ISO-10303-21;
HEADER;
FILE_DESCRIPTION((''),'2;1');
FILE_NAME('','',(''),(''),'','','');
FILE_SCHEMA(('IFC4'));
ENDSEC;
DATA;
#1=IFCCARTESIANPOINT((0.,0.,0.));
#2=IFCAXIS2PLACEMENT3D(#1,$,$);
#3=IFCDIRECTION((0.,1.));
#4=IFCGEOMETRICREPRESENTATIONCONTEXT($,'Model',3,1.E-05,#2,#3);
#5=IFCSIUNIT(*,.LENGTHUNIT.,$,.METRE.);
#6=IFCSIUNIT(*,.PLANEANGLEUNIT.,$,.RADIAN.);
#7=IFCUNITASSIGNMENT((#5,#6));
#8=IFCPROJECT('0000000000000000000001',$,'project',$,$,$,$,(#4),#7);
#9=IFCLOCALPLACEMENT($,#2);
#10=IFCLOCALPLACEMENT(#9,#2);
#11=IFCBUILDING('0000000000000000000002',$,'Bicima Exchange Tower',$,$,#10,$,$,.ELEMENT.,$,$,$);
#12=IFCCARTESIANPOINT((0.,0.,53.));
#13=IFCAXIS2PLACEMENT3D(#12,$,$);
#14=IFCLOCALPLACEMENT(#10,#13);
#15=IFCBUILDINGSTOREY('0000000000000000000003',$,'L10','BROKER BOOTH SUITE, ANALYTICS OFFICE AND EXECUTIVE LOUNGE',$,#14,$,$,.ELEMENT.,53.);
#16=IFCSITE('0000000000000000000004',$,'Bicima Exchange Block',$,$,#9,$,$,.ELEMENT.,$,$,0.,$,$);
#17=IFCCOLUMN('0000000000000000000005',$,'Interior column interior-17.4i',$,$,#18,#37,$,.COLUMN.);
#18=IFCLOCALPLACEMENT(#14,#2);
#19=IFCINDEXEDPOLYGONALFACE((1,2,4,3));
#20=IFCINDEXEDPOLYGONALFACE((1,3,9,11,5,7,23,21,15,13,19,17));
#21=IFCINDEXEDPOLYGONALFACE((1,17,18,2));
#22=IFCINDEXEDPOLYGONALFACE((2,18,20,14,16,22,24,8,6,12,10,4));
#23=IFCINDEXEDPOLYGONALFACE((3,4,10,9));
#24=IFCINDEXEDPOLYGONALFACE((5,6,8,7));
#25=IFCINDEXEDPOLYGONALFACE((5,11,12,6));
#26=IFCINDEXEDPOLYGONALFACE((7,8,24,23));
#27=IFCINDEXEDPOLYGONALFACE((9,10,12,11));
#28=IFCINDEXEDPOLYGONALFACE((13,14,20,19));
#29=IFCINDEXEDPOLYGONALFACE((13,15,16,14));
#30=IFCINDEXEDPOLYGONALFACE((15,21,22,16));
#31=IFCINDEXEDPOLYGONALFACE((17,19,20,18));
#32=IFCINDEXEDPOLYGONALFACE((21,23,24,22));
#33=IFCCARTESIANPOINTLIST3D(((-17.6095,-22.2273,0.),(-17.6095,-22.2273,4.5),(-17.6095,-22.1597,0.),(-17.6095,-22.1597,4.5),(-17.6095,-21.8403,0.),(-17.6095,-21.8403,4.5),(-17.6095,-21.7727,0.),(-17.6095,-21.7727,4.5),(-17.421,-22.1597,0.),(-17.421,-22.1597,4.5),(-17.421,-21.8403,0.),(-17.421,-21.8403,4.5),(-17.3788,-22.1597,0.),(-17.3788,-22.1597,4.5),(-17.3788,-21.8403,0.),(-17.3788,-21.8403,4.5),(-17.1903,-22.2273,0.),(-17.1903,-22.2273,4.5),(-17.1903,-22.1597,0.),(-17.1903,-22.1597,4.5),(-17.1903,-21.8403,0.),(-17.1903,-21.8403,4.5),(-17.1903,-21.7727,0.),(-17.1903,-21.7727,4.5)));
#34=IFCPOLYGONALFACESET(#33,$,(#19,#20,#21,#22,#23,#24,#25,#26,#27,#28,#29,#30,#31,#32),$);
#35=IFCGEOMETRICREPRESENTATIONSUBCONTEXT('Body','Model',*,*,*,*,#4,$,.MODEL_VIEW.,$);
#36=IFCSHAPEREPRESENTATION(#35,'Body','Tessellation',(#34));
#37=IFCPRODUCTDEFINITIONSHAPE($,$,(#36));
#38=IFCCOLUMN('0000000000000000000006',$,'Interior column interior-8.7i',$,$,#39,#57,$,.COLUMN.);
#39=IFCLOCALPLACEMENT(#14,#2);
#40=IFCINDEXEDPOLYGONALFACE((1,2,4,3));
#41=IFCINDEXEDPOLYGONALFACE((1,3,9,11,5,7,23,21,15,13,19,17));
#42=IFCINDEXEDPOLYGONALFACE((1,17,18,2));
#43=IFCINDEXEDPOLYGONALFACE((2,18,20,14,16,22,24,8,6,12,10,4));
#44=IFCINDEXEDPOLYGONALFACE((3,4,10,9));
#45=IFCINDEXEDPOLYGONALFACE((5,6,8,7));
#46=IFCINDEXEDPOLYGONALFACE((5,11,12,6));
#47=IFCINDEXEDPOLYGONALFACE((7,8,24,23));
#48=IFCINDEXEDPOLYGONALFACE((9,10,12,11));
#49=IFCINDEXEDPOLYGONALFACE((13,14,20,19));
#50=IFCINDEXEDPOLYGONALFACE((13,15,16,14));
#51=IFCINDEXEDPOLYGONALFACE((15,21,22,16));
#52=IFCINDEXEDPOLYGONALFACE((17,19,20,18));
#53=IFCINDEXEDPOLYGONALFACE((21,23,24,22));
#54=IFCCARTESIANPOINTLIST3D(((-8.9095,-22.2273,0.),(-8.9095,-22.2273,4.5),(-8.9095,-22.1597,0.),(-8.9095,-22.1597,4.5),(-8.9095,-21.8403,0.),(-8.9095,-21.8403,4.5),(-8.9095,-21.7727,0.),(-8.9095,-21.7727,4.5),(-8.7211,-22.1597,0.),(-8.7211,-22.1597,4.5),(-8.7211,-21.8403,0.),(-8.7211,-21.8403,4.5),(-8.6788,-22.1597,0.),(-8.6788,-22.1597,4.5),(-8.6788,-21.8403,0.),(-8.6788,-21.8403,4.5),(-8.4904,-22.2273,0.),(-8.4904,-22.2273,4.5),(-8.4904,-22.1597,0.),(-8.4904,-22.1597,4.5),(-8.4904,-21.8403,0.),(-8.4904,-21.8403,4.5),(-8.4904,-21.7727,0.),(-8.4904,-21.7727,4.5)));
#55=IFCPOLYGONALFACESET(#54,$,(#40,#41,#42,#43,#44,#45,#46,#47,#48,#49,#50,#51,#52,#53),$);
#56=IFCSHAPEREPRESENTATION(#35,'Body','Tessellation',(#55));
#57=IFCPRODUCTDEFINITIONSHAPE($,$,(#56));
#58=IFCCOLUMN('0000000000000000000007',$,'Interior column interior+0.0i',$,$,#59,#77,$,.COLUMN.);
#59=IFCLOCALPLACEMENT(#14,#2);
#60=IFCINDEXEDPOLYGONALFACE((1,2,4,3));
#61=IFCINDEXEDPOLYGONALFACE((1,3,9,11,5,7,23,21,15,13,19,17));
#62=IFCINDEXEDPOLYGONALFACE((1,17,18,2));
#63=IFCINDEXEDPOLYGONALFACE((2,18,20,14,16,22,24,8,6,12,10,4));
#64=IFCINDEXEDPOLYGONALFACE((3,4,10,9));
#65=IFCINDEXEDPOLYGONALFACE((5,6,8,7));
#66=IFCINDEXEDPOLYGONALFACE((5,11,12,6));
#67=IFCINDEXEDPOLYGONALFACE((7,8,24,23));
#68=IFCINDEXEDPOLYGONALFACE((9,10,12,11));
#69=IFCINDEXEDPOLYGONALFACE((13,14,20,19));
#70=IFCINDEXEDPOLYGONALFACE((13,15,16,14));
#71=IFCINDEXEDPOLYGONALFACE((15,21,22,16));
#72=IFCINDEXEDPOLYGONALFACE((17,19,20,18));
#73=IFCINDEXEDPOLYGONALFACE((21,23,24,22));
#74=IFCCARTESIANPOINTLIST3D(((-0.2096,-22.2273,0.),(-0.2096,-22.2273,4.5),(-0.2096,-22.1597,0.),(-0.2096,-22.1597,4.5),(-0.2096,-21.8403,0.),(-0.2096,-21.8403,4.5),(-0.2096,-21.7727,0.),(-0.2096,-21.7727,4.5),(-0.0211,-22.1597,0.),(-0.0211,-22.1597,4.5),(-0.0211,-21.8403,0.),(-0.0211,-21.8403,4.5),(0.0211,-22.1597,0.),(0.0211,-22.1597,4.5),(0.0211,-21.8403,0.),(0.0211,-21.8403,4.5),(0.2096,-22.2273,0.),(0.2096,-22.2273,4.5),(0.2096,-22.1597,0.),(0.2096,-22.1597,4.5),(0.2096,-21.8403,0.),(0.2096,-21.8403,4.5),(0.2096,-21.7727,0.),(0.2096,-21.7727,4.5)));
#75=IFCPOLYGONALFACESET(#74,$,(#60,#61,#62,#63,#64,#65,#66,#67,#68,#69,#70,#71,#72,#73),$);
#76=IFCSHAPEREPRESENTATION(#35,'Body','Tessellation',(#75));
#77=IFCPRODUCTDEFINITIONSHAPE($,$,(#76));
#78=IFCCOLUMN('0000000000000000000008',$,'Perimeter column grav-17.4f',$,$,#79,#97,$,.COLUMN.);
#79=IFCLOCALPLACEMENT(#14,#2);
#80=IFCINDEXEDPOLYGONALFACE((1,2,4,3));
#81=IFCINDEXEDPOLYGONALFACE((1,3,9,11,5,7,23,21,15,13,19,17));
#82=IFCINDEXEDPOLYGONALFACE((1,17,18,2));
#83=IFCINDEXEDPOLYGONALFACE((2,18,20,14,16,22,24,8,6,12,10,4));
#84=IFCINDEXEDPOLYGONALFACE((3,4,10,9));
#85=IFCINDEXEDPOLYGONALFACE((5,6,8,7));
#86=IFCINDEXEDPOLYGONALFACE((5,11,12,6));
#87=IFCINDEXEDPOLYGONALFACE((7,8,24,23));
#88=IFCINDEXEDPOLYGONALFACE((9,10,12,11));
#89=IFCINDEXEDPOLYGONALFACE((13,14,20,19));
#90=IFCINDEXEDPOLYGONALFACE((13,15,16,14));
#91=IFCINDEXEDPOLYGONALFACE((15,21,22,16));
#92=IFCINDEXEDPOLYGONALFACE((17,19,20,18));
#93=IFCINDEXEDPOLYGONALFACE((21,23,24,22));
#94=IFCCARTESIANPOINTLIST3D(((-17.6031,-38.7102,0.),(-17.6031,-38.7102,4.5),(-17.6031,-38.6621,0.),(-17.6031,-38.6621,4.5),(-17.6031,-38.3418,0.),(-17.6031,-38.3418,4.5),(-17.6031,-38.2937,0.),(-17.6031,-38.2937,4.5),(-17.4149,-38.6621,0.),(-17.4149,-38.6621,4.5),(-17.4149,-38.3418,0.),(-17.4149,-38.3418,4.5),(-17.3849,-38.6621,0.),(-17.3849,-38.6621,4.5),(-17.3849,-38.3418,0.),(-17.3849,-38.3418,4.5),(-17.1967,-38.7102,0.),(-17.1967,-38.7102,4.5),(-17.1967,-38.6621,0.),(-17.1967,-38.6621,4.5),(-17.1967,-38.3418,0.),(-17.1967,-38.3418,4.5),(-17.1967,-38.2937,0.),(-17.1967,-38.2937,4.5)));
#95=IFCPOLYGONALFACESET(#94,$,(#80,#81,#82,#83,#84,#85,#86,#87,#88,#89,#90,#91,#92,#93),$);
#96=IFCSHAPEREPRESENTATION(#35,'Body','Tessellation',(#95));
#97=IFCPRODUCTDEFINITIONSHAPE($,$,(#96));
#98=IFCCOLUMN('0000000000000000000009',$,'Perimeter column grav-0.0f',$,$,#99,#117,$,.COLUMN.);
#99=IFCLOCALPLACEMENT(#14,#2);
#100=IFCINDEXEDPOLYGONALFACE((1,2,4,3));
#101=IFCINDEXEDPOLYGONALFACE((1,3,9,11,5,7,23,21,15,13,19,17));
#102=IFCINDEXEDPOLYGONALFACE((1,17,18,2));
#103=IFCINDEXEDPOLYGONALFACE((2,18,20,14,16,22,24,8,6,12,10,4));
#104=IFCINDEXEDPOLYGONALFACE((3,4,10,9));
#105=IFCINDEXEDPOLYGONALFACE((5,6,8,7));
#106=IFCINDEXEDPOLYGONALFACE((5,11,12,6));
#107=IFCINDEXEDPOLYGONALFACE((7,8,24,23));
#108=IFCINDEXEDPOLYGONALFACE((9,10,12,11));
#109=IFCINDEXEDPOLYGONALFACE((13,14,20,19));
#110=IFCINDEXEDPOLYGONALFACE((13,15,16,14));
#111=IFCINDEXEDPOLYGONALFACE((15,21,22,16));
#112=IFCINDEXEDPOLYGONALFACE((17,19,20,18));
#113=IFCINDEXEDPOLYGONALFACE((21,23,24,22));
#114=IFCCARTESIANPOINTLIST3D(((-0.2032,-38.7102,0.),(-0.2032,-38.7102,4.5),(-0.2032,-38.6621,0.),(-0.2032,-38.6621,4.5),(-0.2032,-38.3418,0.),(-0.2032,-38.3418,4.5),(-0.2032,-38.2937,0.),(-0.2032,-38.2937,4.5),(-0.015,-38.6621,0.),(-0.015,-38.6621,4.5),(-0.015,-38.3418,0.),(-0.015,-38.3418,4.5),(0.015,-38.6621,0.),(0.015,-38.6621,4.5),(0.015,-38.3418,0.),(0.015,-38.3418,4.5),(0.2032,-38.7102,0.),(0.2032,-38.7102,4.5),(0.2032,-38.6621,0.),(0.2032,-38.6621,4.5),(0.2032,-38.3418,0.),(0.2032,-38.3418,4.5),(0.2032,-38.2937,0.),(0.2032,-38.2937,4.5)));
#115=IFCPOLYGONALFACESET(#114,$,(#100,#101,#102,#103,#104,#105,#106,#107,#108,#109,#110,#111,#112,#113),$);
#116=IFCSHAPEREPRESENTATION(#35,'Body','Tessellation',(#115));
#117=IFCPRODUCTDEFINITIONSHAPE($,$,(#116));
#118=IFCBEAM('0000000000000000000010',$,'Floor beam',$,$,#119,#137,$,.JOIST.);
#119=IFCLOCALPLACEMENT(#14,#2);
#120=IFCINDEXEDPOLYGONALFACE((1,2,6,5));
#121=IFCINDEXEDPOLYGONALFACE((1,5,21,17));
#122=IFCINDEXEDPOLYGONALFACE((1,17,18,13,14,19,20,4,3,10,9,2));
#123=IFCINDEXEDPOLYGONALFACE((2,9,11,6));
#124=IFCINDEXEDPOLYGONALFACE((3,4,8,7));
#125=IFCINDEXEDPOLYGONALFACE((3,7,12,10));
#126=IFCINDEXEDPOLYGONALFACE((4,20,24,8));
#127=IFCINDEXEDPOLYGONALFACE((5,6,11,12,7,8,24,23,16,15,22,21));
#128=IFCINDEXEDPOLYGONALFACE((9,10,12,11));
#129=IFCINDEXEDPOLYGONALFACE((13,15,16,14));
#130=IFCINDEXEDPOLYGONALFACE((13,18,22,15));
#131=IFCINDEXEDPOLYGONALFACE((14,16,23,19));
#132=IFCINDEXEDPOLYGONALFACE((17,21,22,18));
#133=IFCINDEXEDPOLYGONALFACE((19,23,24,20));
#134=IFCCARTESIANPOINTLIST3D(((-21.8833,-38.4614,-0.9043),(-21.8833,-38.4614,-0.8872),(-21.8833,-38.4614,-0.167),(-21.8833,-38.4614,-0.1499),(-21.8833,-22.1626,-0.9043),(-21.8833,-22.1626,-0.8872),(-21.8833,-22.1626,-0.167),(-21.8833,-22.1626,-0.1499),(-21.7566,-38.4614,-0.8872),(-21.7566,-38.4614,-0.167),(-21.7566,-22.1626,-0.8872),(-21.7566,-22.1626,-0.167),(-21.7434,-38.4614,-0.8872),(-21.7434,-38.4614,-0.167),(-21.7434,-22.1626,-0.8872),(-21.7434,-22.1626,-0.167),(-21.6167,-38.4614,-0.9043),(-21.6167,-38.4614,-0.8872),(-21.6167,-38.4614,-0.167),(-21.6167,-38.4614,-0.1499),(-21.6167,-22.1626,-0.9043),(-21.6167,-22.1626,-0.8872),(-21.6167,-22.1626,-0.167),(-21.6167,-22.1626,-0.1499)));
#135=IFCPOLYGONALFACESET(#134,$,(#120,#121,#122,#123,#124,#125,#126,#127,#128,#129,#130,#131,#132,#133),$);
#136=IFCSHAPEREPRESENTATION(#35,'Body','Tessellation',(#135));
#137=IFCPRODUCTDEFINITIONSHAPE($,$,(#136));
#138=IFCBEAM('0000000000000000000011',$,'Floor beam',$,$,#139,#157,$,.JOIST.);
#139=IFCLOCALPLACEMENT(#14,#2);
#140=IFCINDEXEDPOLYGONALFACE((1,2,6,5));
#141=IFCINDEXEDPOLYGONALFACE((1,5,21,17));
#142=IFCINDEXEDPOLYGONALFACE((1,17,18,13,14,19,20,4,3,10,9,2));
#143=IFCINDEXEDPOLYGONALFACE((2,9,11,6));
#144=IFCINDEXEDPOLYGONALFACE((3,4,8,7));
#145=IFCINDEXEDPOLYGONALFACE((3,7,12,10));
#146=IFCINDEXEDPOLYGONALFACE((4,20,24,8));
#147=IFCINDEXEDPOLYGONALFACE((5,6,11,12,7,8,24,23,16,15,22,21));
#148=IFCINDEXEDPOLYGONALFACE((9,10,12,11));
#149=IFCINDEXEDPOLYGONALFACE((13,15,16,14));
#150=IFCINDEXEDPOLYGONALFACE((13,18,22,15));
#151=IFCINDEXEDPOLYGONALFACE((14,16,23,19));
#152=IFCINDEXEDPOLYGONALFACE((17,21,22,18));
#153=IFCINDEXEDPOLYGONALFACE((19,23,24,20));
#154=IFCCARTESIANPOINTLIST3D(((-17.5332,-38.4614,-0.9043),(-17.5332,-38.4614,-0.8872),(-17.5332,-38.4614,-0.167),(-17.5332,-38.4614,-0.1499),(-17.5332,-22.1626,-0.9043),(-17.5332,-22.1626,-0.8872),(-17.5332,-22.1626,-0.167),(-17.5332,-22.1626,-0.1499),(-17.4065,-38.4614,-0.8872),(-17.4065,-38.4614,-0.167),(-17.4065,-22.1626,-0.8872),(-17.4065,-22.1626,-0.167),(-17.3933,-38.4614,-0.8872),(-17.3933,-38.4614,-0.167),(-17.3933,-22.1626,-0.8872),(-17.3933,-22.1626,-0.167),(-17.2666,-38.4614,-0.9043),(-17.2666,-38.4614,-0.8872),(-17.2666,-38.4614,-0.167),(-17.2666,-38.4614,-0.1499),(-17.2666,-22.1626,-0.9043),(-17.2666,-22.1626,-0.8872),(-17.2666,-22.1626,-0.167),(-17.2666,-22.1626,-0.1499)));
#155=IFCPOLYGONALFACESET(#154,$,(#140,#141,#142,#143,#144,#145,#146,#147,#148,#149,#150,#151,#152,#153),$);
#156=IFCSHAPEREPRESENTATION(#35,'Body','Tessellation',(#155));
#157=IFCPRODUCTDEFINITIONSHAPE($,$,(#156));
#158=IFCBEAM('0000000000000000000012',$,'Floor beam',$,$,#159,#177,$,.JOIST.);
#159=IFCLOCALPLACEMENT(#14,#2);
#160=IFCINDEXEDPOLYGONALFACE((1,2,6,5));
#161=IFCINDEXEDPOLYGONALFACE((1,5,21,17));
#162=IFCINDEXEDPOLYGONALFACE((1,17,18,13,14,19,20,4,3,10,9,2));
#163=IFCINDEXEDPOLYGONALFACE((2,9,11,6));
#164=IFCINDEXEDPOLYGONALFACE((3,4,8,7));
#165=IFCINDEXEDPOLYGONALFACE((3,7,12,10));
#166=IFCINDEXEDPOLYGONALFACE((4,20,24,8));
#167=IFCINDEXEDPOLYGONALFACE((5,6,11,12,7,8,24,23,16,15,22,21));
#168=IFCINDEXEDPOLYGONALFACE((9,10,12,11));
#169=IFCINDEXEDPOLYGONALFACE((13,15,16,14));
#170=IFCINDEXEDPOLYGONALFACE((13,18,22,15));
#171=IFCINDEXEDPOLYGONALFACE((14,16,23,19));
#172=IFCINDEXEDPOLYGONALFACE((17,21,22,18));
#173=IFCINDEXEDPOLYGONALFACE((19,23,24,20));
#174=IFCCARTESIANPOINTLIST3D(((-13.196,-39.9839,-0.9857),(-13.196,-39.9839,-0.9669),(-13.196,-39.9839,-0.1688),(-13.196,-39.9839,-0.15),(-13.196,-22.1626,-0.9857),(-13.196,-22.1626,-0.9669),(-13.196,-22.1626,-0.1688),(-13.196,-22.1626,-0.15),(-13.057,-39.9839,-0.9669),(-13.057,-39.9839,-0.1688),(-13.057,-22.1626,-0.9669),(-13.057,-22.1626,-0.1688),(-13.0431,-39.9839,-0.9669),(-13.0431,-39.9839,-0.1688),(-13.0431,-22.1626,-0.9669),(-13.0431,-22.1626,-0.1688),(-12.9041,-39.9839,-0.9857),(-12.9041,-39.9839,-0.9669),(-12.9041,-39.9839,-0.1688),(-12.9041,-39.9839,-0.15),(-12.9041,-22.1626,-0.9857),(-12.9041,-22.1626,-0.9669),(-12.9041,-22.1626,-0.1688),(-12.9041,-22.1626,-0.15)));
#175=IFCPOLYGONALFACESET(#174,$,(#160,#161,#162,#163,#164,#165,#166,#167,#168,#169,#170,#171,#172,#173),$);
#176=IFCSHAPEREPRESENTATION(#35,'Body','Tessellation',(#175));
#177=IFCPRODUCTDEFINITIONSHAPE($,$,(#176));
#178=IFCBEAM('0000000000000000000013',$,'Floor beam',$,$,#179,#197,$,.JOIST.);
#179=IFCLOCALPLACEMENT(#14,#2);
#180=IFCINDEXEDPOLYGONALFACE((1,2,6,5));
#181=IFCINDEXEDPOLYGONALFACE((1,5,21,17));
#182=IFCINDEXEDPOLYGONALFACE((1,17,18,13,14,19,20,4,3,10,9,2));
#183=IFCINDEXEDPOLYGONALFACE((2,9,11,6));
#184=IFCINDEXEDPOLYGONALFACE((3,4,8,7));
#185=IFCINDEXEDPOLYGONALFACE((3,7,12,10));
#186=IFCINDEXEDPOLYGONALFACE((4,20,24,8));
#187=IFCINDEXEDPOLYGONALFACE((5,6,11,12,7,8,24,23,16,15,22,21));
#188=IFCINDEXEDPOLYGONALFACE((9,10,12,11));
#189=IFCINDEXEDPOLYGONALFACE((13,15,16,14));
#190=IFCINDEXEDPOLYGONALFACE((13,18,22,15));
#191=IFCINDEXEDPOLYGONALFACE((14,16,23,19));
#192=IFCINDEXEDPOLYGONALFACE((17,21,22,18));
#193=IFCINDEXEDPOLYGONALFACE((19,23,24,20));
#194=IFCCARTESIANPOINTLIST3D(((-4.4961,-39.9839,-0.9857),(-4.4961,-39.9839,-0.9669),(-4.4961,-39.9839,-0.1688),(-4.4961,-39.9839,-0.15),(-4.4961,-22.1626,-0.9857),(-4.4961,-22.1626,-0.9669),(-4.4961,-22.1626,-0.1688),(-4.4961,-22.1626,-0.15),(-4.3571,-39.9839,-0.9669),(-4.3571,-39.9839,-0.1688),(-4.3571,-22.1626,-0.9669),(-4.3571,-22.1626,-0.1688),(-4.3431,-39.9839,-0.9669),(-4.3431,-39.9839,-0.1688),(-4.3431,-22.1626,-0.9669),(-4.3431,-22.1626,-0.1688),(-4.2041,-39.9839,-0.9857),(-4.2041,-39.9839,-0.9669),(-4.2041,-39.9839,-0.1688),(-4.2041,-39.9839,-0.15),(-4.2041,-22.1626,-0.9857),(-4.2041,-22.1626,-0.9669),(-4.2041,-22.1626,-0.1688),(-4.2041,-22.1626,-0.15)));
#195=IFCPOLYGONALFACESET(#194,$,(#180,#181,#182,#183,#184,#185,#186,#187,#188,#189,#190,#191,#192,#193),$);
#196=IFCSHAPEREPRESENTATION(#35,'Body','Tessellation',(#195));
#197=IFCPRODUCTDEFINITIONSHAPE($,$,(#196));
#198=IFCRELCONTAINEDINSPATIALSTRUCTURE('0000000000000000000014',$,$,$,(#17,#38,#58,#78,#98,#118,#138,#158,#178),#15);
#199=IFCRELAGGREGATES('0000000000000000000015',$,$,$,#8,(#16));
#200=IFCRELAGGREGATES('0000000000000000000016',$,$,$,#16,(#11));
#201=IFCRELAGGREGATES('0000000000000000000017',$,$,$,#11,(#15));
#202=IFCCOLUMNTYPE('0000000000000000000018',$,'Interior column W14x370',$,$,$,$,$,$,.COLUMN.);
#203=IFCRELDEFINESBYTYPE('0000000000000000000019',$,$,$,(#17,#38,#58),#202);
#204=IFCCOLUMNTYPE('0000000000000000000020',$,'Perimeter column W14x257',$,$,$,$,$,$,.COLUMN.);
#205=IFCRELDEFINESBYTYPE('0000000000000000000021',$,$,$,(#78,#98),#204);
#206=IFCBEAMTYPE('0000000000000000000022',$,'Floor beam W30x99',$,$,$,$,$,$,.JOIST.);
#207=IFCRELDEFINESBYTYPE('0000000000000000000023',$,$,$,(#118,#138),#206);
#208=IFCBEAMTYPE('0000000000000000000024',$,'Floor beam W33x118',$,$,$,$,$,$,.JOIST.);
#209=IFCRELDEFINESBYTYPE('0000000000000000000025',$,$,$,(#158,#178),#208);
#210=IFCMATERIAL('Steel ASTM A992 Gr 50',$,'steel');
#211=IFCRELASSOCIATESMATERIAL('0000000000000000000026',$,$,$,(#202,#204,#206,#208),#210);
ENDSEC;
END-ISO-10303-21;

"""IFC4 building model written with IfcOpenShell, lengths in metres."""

from ifc_helpers import new_model, si_unit, direction, frame, origin, origin_2d, place, context, subcontext, project, spatial, i_section, extrude, material, material_profile, profile_set, type_object, element, save


model = new_model("IFC4")

# Units and contexts
model_context = context("Model", 3, precision=1e-05, world=origin(), true_north=direction((0.0, 1.0)))
body_context = subcontext(model_context, "Body", "Model", "MODEL_VIEW")
ifc_project = project(units=[si_unit("LENGTHUNIT", "METRE"), si_unit("PLANEANGLEUNIT", "RADIAN")], contexts=[model_context])

# Site, building, storey
site_placement = place(None, origin())
site = spatial("IfcSite", under=ifc_project, at=site_placement, Name="Bicima Exchange Block", CompositionType="ELEMENT", RefElevation=0.0)
building_placement = place(site_placement, origin())
building = spatial("IfcBuilding", under=site, at=building_placement, Name="Bicima Exchange Tower", CompositionType="ELEMENT")
storey_placement = place(building_placement, frame((0.0, 0.0, 53.0)))
storey = spatial("IfcBuildingStorey", under=building, at=storey_placement, Name="L10", Description="BROKER BOOTH SUITE, ANALYTICS OFFICE AND EXECUTIVE LOUNGE", CompositionType="ELEMENT", Elevation=53.0)

# Columns
ifc_material_1 = material(Name="Steel ASTM A992 Gr 50", Category="steel")
ifc_material_profile_1 = material_profile(ifc_material_1, i_section(OverallWidth=0.4192, OverallDepth=0.4546, WebThickness=0.0422, FlangeThickness=0.0676, at=origin_2d()))
ifc_profile_set_1 = profile_set([ifc_material_profile_1], Name="Steel ASTM A992 Gr 50")
column_type_1 = type_object("IfcColumnType", Name="Interior column W14x370", PredefinedType="COLUMN", material=ifc_profile_set_1)
for number, where, z_axis, x_axis, name in (
    (1, (-17.3999, -22.0, 0.0), (0.0, 0.0, 1.0), (1.0, 0.0, 0.0), "Interior column interior-17.4i"),
    (2, (-8.7, -22.0, 0.0), (0.0, 0.0, 1.0), (1.0, 0.0, 0.0), "Interior column interior-8.7i"),
    (3, (0.0, -22.0, 0.0), (0.0, 0.0, 1.0), (1.0, 0.0, 0.0), "Interior column interior+0.0i"),
):
    element("IfcColumn", number, at=place(storey_placement, frame(where, z_axis=z_axis, x_axis=x_axis)), inside=storey, type_object=column_type_1, Name=name, PredefinedType="COLUMN", context=body_context, shape_type="SweptSolid", body=[
        extrude(i_section(OverallWidth=0.4192, OverallDepth=0.4546, WebThickness=0.0422, FlangeThickness=0.0676, at=origin_2d()), origin(), (0.0, 0.0, 1.0), 4.5),
    ])
ifc_material_profile_2 = material_profile(ifc_material_1, i_section(OverallWidth=0.4065, OverallDepth=0.4165, WebThickness=0.03, FlangeThickness=0.0481, at=origin_2d()))
ifc_profile_set_2 = profile_set([ifc_material_profile_2], Name="Steel ASTM A992 Gr 50")
column_type_2 = type_object("IfcColumnType", Name="Perimeter column W14x257", PredefinedType="COLUMN", material=ifc_profile_set_2)
for number, where, z_axis, x_axis, name in (
    (4, (-17.3999, -38.502, 0.0), (0.0, 0.0, 1.0), (1.0, 0.0, 0.0), "Perimeter column grav-17.4f"),
    (5, (0.0, -38.502, 0.0), (0.0, 0.0, 1.0), (1.0, 0.0, 0.0), "Perimeter column grav-0.0f"),
):
    element("IfcColumn", number, at=place(storey_placement, frame(where, z_axis=z_axis, x_axis=x_axis)), inside=storey, type_object=column_type_2, Name=name, PredefinedType="COLUMN", context=body_context, shape_type="SweptSolid", body=[
        extrude(i_section(OverallWidth=0.4065, OverallDepth=0.4165, WebThickness=0.03, FlangeThickness=0.0481, at=origin_2d()), origin(), (0.0, 0.0, 1.0), 4.5),
    ])

# Beams
ifc_material_profile_3 = material_profile(ifc_material_1, i_section(OverallWidth=0.2666, OverallDepth=0.7544, WebThickness=0.0132, FlangeThickness=0.0171, at=origin_2d()))
ifc_profile_set_3 = profile_set([ifc_material_profile_3], Name="Steel ASTM A992 Gr 50")
beam_type_1 = type_object("IfcBeamType", Name="Floor beam W30x99", PredefinedType="JOIST", material=ifc_profile_set_3)
for number, where, z_axis, x_axis, name in (
    (6, (-21.75, -22.1626, -0.5271), (0.0, -1.0, 0.0), (1.0, 0.0, 0.0), "Floor beam"),
    (7, (-17.3999, -22.1626, -0.5271), (0.0, -1.0, 0.0), (1.0, 0.0, 0.0), "Floor beam"),
):
    element("IfcBeam", number, at=place(storey_placement, frame(where, z_axis=z_axis, x_axis=x_axis)), inside=storey, type_object=beam_type_1, Name=name, PredefinedType="JOIST", context=body_context, shape_type="SweptSolid", body=[
        extrude(i_section(OverallWidth=0.2666, OverallDepth=0.7544, WebThickness=0.0132, FlangeThickness=0.0171, at=origin_2d()), origin(), (0.0, 0.0, 1.0), 16.2988),
    ])
ifc_material_profile_4 = material_profile(ifc_material_1, i_section(OverallWidth=0.292, OverallDepth=0.8357, WebThickness=0.0139, FlangeThickness=0.0188, at=origin_2d()))
ifc_profile_set_4 = profile_set([ifc_material_profile_4], Name="Steel ASTM A992 Gr 50")
beam_type_2 = type_object("IfcBeamType", Name="Floor beam W33x118", PredefinedType="JOIST", material=ifc_profile_set_4)
for number, where, z_axis, x_axis, name in (
    (8, (-13.05, -22.1626, -0.5679), (0.0, -1.0, 0.0), (1.0, 0.0, 0.0), "Floor beam"),
    (9, (-4.3501, -22.1626, -0.5679), (0.0, -1.0, 0.0), (1.0, 0.0, 0.0), "Floor beam"),
):
    element("IfcBeam", number, at=place(storey_placement, frame(where, z_axis=z_axis, x_axis=x_axis)), inside=storey, type_object=beam_type_2, Name=name, PredefinedType="JOIST", context=body_context, shape_type="SweptSolid", body=[
        extrude(i_section(OverallWidth=0.292, OverallDepth=0.8357, WebThickness=0.0139, FlangeThickness=0.0188, at=origin_2d()), origin(), (0.0, 0.0, 1.0), 17.8213),
    ])

save(model, "model.ifc")
